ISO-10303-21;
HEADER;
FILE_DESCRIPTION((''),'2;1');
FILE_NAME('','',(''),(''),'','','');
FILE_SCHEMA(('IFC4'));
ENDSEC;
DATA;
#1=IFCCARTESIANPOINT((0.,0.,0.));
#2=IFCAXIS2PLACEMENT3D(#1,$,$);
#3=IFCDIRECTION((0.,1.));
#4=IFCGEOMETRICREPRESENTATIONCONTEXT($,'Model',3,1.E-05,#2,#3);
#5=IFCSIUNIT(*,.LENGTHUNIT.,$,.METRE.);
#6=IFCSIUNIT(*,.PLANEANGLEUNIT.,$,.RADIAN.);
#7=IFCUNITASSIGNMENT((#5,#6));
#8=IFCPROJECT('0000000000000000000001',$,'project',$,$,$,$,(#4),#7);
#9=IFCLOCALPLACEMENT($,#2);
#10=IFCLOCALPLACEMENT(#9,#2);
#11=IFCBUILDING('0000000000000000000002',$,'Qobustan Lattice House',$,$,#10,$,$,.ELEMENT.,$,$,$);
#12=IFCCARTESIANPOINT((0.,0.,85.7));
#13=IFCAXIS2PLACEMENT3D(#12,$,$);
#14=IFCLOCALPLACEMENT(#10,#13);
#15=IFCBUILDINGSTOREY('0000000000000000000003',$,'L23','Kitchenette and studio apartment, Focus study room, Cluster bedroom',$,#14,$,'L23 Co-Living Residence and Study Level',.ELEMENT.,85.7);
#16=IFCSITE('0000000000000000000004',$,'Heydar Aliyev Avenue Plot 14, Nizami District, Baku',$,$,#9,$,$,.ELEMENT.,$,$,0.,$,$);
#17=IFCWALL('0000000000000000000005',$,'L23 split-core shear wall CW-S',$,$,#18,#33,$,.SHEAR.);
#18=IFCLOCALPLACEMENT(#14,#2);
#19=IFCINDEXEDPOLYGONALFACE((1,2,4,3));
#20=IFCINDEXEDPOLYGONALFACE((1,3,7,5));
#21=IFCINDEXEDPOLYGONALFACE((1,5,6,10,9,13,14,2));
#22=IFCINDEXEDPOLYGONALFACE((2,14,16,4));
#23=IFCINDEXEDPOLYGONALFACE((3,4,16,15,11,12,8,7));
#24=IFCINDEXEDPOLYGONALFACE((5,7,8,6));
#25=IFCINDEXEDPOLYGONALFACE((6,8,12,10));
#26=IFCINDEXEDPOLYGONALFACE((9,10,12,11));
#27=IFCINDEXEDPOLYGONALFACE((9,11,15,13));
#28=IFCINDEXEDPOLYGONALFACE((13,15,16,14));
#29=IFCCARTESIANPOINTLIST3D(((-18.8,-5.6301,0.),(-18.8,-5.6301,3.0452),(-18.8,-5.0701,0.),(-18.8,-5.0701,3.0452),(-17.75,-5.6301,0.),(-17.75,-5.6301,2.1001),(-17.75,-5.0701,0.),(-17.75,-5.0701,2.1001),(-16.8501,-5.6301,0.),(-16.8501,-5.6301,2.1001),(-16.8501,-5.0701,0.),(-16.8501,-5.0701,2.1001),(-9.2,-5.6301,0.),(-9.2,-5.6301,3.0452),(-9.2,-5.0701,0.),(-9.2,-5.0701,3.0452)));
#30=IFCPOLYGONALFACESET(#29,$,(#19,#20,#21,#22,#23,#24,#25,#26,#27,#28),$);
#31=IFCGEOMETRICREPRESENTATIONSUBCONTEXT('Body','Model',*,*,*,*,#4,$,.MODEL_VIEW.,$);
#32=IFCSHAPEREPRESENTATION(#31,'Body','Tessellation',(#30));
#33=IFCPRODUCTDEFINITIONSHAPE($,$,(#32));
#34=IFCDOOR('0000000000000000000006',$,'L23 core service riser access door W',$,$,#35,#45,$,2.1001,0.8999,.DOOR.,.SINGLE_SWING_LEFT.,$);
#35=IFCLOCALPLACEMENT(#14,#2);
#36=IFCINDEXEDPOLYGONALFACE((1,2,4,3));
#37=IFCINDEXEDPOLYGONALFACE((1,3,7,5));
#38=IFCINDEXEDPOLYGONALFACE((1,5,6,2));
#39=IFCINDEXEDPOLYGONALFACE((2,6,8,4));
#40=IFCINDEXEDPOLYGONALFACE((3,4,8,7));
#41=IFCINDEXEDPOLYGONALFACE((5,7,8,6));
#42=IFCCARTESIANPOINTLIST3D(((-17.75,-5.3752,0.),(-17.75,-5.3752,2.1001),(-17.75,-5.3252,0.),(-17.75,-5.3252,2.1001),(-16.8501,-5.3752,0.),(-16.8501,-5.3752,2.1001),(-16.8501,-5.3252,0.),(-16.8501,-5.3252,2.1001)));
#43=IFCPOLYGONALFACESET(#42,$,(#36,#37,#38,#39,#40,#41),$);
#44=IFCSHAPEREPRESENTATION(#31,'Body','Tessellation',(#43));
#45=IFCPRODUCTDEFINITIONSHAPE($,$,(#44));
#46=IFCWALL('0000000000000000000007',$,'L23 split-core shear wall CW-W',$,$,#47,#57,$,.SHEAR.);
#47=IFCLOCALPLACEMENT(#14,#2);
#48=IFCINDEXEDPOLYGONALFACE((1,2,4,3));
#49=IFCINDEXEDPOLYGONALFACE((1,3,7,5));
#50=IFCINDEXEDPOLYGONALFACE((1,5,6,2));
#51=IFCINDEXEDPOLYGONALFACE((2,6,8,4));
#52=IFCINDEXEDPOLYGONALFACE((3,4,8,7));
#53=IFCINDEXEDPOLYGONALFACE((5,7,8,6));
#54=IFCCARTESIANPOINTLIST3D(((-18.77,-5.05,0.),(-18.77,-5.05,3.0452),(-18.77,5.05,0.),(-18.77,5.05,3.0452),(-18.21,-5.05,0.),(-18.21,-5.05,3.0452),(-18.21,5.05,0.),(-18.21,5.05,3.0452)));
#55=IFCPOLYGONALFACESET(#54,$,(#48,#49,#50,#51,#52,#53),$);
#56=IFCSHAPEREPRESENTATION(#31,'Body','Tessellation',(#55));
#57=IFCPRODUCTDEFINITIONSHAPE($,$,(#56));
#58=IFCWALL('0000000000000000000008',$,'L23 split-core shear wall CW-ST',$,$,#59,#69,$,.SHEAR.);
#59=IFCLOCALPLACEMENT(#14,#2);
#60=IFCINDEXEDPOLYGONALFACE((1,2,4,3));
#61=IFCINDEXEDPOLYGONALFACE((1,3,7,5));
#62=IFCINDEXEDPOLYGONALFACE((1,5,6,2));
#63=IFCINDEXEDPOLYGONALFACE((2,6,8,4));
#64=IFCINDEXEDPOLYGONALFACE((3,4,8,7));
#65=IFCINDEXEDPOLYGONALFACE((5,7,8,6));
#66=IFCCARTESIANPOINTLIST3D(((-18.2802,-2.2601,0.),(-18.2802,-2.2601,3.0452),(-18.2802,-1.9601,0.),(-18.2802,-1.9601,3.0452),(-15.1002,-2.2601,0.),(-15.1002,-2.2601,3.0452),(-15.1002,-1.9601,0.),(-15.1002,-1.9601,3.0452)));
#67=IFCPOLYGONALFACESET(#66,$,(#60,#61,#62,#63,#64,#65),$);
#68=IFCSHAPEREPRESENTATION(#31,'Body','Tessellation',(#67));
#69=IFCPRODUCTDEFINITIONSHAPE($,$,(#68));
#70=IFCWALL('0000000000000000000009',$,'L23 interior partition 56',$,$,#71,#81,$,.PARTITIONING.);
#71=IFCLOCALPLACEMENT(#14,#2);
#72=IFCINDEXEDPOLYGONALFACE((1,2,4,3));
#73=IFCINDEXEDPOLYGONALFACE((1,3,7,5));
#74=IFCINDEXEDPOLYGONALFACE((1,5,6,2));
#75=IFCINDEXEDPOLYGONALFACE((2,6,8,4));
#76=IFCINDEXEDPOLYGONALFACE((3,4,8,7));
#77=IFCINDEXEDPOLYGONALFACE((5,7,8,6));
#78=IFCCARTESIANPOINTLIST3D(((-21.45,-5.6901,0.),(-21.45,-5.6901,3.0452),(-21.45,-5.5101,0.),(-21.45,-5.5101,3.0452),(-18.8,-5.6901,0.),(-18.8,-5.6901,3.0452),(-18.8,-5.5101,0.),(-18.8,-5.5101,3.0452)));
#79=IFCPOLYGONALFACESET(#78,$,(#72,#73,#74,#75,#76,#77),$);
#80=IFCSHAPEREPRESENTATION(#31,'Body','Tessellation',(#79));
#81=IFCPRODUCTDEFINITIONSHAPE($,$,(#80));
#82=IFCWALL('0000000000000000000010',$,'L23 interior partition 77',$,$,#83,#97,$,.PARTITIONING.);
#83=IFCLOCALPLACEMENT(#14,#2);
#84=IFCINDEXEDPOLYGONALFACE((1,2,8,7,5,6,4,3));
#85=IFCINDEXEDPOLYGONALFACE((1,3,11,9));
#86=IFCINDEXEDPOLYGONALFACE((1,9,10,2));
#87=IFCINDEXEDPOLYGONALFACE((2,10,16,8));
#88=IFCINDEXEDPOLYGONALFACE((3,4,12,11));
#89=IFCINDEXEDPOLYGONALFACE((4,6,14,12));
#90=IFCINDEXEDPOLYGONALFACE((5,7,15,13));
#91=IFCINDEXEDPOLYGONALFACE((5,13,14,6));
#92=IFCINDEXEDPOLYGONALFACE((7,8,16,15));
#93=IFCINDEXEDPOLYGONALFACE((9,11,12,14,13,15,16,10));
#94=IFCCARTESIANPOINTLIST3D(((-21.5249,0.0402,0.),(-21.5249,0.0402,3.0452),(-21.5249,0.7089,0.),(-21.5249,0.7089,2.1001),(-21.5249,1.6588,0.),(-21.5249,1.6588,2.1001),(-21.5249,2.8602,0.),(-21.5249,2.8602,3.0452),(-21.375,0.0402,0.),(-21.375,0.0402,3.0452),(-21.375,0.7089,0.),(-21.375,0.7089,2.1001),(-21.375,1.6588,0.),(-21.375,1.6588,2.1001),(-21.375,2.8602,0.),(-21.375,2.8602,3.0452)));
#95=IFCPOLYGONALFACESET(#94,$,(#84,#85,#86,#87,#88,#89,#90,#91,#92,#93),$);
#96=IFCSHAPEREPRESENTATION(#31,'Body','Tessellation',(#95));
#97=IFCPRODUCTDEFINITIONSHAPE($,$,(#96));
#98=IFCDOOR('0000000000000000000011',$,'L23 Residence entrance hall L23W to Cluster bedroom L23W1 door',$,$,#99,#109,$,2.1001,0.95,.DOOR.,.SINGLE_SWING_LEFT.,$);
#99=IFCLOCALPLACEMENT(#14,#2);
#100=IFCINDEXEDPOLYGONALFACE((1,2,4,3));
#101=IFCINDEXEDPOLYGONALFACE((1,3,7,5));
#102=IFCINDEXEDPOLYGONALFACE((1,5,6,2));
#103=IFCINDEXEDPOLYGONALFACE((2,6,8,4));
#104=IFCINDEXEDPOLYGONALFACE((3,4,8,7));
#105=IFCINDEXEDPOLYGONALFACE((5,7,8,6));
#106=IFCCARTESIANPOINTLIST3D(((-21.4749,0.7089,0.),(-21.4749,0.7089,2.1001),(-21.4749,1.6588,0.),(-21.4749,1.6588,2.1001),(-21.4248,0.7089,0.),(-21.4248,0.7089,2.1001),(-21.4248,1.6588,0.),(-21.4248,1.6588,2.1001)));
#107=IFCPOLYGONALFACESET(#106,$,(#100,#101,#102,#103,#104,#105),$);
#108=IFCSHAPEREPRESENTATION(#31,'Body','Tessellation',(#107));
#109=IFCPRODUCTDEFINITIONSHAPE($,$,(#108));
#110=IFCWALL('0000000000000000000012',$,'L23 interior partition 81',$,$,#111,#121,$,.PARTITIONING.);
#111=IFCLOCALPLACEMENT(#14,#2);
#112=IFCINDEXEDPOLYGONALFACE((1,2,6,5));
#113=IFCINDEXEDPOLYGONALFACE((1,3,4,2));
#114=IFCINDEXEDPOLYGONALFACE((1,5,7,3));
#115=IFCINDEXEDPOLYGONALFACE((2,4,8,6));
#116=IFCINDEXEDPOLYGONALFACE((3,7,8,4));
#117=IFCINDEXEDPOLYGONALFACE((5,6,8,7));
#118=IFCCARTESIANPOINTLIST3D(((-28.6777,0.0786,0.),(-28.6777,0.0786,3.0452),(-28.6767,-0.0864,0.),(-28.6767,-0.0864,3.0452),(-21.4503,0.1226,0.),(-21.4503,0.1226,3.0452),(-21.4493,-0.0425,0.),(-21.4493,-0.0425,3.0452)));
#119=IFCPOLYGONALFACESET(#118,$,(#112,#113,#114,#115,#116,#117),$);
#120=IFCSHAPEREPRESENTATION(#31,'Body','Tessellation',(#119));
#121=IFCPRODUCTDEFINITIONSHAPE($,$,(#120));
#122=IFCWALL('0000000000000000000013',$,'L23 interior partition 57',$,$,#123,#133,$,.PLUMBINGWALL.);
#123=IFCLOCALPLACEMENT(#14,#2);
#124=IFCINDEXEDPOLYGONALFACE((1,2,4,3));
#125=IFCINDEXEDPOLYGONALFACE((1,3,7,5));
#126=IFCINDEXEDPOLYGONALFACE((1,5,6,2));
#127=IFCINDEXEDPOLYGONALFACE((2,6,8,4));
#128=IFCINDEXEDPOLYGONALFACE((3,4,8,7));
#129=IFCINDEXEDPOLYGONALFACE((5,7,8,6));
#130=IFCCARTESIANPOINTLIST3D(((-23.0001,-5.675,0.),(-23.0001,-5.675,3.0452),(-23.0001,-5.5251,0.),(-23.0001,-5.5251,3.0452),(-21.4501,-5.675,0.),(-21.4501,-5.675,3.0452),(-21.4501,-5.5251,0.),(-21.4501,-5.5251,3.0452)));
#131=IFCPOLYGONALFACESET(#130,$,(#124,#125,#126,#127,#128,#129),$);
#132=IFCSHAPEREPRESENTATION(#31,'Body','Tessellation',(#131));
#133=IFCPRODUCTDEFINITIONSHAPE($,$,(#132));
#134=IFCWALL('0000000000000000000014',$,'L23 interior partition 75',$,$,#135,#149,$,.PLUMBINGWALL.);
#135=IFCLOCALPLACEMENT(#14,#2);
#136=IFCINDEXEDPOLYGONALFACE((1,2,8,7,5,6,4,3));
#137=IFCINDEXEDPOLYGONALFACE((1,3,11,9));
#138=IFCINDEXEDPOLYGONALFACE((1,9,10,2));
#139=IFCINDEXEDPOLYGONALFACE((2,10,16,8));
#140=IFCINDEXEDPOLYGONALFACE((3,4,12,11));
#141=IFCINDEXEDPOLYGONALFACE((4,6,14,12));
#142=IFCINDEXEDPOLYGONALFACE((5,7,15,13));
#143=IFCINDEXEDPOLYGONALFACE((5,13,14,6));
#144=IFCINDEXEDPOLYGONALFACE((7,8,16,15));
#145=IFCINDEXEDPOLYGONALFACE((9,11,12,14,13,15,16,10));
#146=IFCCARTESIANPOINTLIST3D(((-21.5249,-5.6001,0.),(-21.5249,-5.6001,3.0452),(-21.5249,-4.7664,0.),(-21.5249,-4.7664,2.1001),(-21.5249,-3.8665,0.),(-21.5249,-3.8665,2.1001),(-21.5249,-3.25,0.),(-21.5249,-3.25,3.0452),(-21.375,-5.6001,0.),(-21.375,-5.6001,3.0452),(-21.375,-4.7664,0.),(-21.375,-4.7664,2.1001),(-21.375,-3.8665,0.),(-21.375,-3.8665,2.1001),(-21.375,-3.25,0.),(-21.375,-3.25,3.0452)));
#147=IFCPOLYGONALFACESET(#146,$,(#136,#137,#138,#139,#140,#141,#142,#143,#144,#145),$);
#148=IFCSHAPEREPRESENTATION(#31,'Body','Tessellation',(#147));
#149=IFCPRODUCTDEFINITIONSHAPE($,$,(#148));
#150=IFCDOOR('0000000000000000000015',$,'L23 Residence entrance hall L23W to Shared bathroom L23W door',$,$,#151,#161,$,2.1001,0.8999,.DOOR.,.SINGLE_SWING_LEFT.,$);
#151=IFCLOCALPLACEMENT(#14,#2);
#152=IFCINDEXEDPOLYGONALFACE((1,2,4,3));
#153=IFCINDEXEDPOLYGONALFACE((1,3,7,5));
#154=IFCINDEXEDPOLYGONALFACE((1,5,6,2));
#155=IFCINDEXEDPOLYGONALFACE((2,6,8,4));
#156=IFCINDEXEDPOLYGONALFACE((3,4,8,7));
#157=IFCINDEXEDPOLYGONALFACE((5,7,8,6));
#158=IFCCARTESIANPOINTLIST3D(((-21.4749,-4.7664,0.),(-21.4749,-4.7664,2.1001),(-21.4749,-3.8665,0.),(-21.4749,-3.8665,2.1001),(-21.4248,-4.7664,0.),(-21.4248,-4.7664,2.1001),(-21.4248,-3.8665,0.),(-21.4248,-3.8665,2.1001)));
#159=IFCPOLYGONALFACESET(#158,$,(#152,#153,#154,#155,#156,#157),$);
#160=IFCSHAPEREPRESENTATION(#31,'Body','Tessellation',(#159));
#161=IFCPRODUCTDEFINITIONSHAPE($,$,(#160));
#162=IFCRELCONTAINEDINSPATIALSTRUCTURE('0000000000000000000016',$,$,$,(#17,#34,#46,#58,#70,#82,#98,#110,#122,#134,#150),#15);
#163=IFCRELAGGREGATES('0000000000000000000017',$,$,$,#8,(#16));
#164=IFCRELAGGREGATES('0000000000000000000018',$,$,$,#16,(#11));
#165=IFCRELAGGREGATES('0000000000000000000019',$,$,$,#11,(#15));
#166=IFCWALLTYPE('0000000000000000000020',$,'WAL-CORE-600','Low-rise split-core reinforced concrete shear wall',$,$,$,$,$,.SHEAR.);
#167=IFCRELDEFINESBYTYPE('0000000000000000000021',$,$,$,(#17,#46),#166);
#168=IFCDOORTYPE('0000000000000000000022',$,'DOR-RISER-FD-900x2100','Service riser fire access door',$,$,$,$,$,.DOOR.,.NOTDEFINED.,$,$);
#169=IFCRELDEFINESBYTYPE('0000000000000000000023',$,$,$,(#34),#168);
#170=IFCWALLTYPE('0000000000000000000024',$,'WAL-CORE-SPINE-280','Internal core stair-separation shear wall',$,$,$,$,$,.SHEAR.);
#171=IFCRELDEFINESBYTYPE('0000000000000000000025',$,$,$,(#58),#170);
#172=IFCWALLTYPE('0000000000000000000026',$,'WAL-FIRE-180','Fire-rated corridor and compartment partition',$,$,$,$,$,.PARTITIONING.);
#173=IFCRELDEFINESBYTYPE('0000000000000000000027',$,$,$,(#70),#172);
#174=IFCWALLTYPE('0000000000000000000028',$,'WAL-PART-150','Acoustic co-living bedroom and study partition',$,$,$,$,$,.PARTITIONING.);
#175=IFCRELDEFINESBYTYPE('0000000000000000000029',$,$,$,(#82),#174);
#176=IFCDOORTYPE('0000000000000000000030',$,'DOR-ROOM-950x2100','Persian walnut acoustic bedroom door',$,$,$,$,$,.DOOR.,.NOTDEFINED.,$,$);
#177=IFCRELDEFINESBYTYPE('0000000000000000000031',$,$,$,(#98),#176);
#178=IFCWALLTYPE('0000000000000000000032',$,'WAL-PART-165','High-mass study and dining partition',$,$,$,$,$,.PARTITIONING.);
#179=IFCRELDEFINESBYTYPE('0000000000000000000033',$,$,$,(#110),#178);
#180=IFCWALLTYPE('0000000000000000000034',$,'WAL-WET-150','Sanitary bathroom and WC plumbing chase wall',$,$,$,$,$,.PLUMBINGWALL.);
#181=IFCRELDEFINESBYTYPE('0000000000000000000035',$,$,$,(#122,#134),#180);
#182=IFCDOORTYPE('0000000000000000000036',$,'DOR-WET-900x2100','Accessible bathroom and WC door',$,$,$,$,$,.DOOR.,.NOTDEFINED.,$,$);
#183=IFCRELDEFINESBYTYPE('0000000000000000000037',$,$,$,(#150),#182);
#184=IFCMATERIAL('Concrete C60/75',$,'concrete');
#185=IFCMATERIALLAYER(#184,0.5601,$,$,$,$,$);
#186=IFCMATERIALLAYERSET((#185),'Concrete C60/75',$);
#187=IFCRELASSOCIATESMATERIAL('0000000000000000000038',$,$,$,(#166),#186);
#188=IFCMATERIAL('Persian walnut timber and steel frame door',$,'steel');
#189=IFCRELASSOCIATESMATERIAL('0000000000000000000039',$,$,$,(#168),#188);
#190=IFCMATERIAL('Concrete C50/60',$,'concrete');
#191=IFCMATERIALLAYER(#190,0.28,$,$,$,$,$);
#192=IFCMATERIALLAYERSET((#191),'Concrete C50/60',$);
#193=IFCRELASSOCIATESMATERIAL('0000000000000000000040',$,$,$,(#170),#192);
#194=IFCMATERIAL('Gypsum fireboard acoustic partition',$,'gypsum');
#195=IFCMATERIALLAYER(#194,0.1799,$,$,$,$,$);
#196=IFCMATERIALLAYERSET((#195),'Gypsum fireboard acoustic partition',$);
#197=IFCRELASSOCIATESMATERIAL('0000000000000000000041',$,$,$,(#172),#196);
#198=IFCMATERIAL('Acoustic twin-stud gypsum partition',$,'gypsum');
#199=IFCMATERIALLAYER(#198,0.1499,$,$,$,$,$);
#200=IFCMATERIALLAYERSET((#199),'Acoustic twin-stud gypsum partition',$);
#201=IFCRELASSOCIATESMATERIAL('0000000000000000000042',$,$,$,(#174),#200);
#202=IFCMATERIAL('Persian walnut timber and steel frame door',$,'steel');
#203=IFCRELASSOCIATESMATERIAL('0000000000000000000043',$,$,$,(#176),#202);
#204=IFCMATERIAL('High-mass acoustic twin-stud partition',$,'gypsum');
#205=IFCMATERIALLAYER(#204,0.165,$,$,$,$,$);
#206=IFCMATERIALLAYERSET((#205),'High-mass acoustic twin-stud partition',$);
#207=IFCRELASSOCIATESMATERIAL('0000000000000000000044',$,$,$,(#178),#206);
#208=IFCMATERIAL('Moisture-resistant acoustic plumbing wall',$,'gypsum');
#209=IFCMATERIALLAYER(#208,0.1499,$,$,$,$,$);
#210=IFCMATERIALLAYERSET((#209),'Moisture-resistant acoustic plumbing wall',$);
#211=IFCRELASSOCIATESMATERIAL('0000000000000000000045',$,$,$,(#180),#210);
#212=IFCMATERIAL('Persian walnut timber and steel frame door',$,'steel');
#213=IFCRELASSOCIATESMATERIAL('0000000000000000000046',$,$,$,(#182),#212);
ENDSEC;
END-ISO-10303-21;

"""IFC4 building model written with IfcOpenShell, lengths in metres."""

from ifc_helpers import new_model, si_unit, direction, frame, frame_2d, origin, place, context, subcontext, project, spatial, rectangle, extrude, material, layer, layer_set, type_object, element, fill, save


model = new_model("IFC4")

# Units and contexts
model_context = context("Model", 3, precision=1e-05, world=origin(), true_north=direction((0.0, 1.0)))
body_context = subcontext(model_context, "Body", "Model", "MODEL_VIEW")
ifc_project = project(units=[si_unit("LENGTHUNIT", "METRE"), si_unit("PLANEANGLEUNIT", "RADIAN")], contexts=[model_context])

# Site, building, storey
site_placement = place(None, origin())
site = spatial("IfcSite", under=ifc_project, at=site_placement, Name="Heydar Aliyev Avenue Plot 14, Nizami District, Baku", CompositionType="ELEMENT", RefElevation=0.0)
building_placement = place(site_placement, origin())
building = spatial("IfcBuilding", under=site, at=building_placement, Name="Qobustan Lattice House", CompositionType="ELEMENT")
storey_placement = place(building_placement, frame((0.0, 0.0, 85.7)))
storey = spatial("IfcBuildingStorey", under=building, at=storey_placement, Name="L23", Description="Kitchenette and studio apartment, Focus study room, Cluster bedroom", LongName="L23 Co-Living Residence and Study Level", CompositionType="ELEMENT", Elevation=85.7)

# Wall, opening, door
ifc_material_1 = material(Name="Concrete C60/75", Category="concrete")
ifc_layer_1 = layer(ifc_material_1, 0.5601)
ifc_layer_set_1 = layer_set([ifc_layer_1], Name="Concrete C60/75")
wall_type_1 = type_object("IfcWallType", Name="WAL-CORE-600", Description="Low-rise split-core reinforced concrete shear wall", PredefinedType="SHEAR", material=ifc_layer_set_1)
wall_1_placement = place(storey_placement, frame((-18.8, -5.3501, 0.0), z_axis=(0.0, 0.0, 1.0), x_axis=(1.0, 0.0, 0.0)))
wall_1 = element("IfcWall", 1, at=wall_1_placement, inside=storey, type_object=wall_type_1, Name="L23 split-core shear wall CW-S", PredefinedType="SHEAR", context=body_context, shape_type="SweptSolid", body=[
    extrude(rectangle(XDim=9.6001, YDim=0.5601, at=frame_2d((4.8, 0.0))), origin(), (0.0, 0.0, 1.0), 3.0452),
])
opening_1_placement = place(wall_1_placement, frame((1.05, 0.0, 0.0)))
opening_1 = element("IfcOpeningElement", 2, at=opening_1_placement, cuts=wall_1, PredefinedType="OPENING", context=body_context, shape_type="SweptSolid", body=[
    extrude(rectangle(XDim=0.8999, YDim=2.1001, at=frame_2d((0.45, 1.05))), frame((0.0, 0.29, 0.0), z_axis=(0.0, -1.0, 0.0), x_axis=(1.0, 0.0, 0.0)), (0.0, 0.0, 1.0), 0.5801),
])
ifc_material_2 = material(Name="Persian walnut timber and steel frame door", Category="steel")
door_type_1 = type_object("IfcDoorType", Name="DOR-RISER-FD-900x2100", Description="Service riser fire access door", OperationType="NOTDEFINED", PredefinedType="DOOR", material=ifc_material_2)
door_1_placement = place(opening_1_placement, origin())
door_1 = element("IfcDoor", 3, at=door_1_placement, inside=storey, type_object=door_type_1, Name="L23 core service riser access door W", OperationType="SINGLE_SWING_LEFT", OverallHeight=2.1001, OverallWidth=0.8999, PredefinedType="DOOR", context=body_context, shape_type="SweptSolid", body=[
    extrude(rectangle(XDim=0.8999, YDim=2.1001, at=frame_2d((0.45, 1.05))), frame((0.0, 0.0249, 0.0), z_axis=(0.0, -1.0, 0.0), x_axis=(1.0, 0.0, 0.0)), (0.0, 0.0, 1.0), 0.05),
])
fill(opening_1, door_1)

# Walls
wall_2_placement = place(storey_placement, frame((-18.49, -5.05, 0.0), z_axis=(0.0, 0.0, 1.0), x_axis=(0.0, 1.0, 0.0)))
element("IfcWall", 4, at=wall_2_placement, inside=storey, type_object=wall_type_1, Name="L23 split-core shear wall CW-W", PredefinedType="SHEAR", context=body_context, shape_type="SweptSolid", body=[
    extrude(rectangle(XDim=10.1001, YDim=0.5601, at=frame_2d((5.05, 0.0))), origin(), (0.0, 0.0, 1.0), 3.0452),
])
ifc_material_3 = material(Name="Concrete C50/60", Category="concrete")
ifc_layer_2 = layer(ifc_material_3, 0.28)
ifc_layer_set_2 = layer_set([ifc_layer_2], Name="Concrete C50/60")
wall_type_2 = type_object("IfcWallType", Name="WAL-CORE-SPINE-280", Description="Internal core stair-separation shear wall", PredefinedType="SHEAR", material=ifc_layer_set_2)
wall_3_placement = place(storey_placement, frame((-18.28, -2.1101, 0.0), z_axis=(0.0, 0.0, 1.0), x_axis=(1.0, 0.0, 0.0)))
element("IfcWall", 5, at=wall_3_placement, inside=storey, type_object=wall_type_2, Name="L23 split-core shear wall CW-ST", PredefinedType="SHEAR", context=body_context, shape_type="SweptSolid", body=[
    extrude(rectangle(XDim=3.1799, YDim=0.3, at=frame_2d((1.5898, 0.0))), origin(), (0.0, 0.0, 1.0), 3.0452),
])
ifc_material_4 = material(Name="Gypsum fireboard acoustic partition", Category="gypsum")
ifc_layer_3 = layer(ifc_material_4, 0.1799)
ifc_layer_set_3 = layer_set([ifc_layer_3], Name="Gypsum fireboard acoustic partition")
wall_type_3 = type_object("IfcWallType", Name="WAL-FIRE-180", Description="Fire-rated corridor and compartment partition", PredefinedType="PARTITIONING", material=ifc_layer_set_3)
wall_4_placement = place(storey_placement, frame((-21.45, -5.6001, 0.0), z_axis=(0.0, 0.0, 1.0), x_axis=(1.0, 0.0, 0.0)))
element("IfcWall", 6, at=wall_4_placement, inside=storey, type_object=wall_type_3, Name="L23 interior partition 56", PredefinedType="PARTITIONING", context=body_context, shape_type="SweptSolid", body=[
    extrude(rectangle(XDim=2.6499, YDim=0.1799, at=frame_2d((1.325, 0.0))), origin(), (0.0, 0.0, 1.0), 3.0452),
])

# Wall, opening, door
ifc_material_5 = material(Name="Acoustic twin-stud gypsum partition", Category="gypsum")
ifc_layer_4 = layer(ifc_material_5, 0.1499)
ifc_layer_set_4 = layer_set([ifc_layer_4], Name="Acoustic twin-stud gypsum partition")
wall_type_4 = type_object("IfcWallType", Name="WAL-PART-150", Description="Acoustic co-living bedroom and study partition", PredefinedType="PARTITIONING", material=ifc_layer_set_4)
wall_5_placement = place(storey_placement, frame((-21.45, 0.04, 0.0), z_axis=(0.0, 0.0, 1.0), x_axis=(0.0, 1.0, 0.0)))
wall_5 = element("IfcWall", 7, at=wall_5_placement, inside=storey, type_object=wall_type_4, Name="L23 interior partition 77", PredefinedType="PARTITIONING", context=body_context, shape_type="SweptSolid", body=[
    extrude(rectangle(XDim=2.8201, YDim=0.1499, at=frame_2d((1.4102, 0.0))), origin(), (0.0, 0.0, 1.0), 3.0452),
])
opening_2_placement = place(wall_5_placement, frame((0.6687, 0.0, 0.0)))
opening_2 = element("IfcOpeningElement", 8, at=opening_2_placement, cuts=wall_5, PredefinedType="OPENING", context=body_context, shape_type="SweptSolid", body=[
    extrude(rectangle(XDim=0.95, YDim=2.1001, at=frame_2d((0.4751, 1.05))), frame((0.0, 0.085, 0.0), z_axis=(0.0, -1.0, 0.0), x_axis=(1.0, 0.0, 0.0)), (0.0, 0.0, 1.0), 0.1699),
])
ifc_material_6 = material(Name="Persian walnut timber and steel frame door", Category="steel")
door_type_2 = type_object("IfcDoorType", Name="DOR-ROOM-950x2100", Description="Persian walnut acoustic bedroom door", OperationType="NOTDEFINED", PredefinedType="DOOR", material=ifc_material_6)
door_2_placement = place(opening_2_placement, origin())
door_2 = element("IfcDoor", 9, at=door_2_placement, inside=storey, type_object=door_type_2, Name="L23 Residence entrance hall L23W to Cluster bedroom L23W1 door", OperationType="SINGLE_SWING_LEFT", OverallHeight=2.1001, OverallWidth=0.95, PredefinedType="DOOR", context=body_context, shape_type="SweptSolid", body=[
    extrude(rectangle(XDim=0.95, YDim=2.1001, at=frame_2d((0.4751, 1.05))), frame((0.0, 0.0249, 0.0), z_axis=(0.0, -1.0, 0.0), x_axis=(1.0, 0.0, 0.0)), (0.0, 0.0, 1.0), 0.05),
])
fill(opening_2, door_2)
ifc_material_7 = material(Name="High-mass acoustic twin-stud partition", Category="gypsum")
ifc_layer_5 = layer(ifc_material_7, 0.165)
ifc_layer_set_5 = layer_set([ifc_layer_5], Name="High-mass acoustic twin-stud partition")
wall_type_5 = type_object("IfcWallType", Name="WAL-PART-165", Description="High-mass study and dining partition", PredefinedType="PARTITIONING", material=ifc_layer_set_5)

# Walls
wall_6_placement = place(storey_placement, frame((-28.6772, -0.0039, 0.0), z_axis=(0.0, 0.0, 1.0), x_axis=(0.999982, 0.00608, 0.0)))
element("IfcWall", 10, at=wall_6_placement, inside=storey, type_object=wall_type_5, Name="L23 interior partition 81", PredefinedType="PARTITIONING", context=body_context, shape_type="SweptSolid", body=[
    extrude(rectangle(XDim=7.2275, YDim=0.165, at=frame_2d((3.6138, 0.0))), origin(), (0.0, 0.0, 1.0), 3.0452),
])
ifc_material_8 = material(Name="Moisture-resistant acoustic plumbing wall", Category="gypsum")
ifc_layer_6 = layer(ifc_material_8, 0.1499)
ifc_layer_set_6 = layer_set([ifc_layer_6], Name="Moisture-resistant acoustic plumbing wall")
wall_type_6 = type_object("IfcWallType", Name="WAL-WET-150", Description="Sanitary bathroom and WC plumbing chase wall", PredefinedType="PLUMBINGWALL", material=ifc_layer_set_6)
wall_7_placement = place(storey_placement, frame((-23.0, -5.6001, 0.0), z_axis=(0.0, 0.0, 1.0), x_axis=(1.0, 0.0, 0.0)))
element("IfcWall", 11, at=wall_7_placement, inside=storey, type_object=wall_type_6, Name="L23 interior partition 57", PredefinedType="PLUMBINGWALL", context=body_context, shape_type="SweptSolid", body=[
    extrude(rectangle(XDim=1.55, YDim=0.1499, at=frame_2d((0.7749, 0.0))), origin(), (0.0, 0.0, 1.0), 3.0452),
])

# Wall, opening, door
wall_8_placement = place(storey_placement, frame((-21.45, -5.6001, 0.0), z_axis=(0.0, 0.0, 1.0), x_axis=(0.0, 1.0, 0.0)))
wall_8 = element("IfcWall", 12, at=wall_8_placement, inside=storey, type_object=wall_type_6, Name="L23 interior partition 75", PredefinedType="PLUMBINGWALL", context=body_context, shape_type="SweptSolid", body=[
    extrude(rectangle(XDim=2.3501, YDim=0.1499, at=frame_2d((1.175, 0.0))), origin(), (0.0, 0.0, 1.0), 3.0452),
])
opening_3_placement = place(wall_8_placement, frame((0.8337, 0.0, 0.0)))
opening_3 = element("IfcOpeningElement", 13, at=opening_3_placement, cuts=wall_8, PredefinedType="OPENING", context=body_context, shape_type="SweptSolid", body=[
    extrude(rectangle(XDim=0.8999, YDim=2.1001, at=frame_2d((0.45, 1.05))), frame((0.0, 0.085, 0.0), z_axis=(0.0, -1.0, 0.0), x_axis=(1.0, 0.0, 0.0)), (0.0, 0.0, 1.0), 0.1699),
])
ifc_material_9 = material(Name="Persian walnut timber and steel frame door", Category="steel")
door_type_3 = type_object("IfcDoorType", Name="DOR-WET-900x2100", Description="Accessible bathroom and WC door", OperationType="NOTDEFINED", PredefinedType="DOOR", material=ifc_material_9)
door_3_placement = place(opening_3_placement, origin())
door_3 = element("IfcDoor", 14, at=door_3_placement, inside=storey, type_object=door_type_3, Name="L23 Residence entrance hall L23W to Shared bathroom L23W door", OperationType="SINGLE_SWING_LEFT", OverallHeight=2.1001, OverallWidth=0.8999, PredefinedType="DOOR", context=body_context, shape_type="SweptSolid", body=[
    extrude(rectangle(XDim=0.8999, YDim=2.1001, at=frame_2d((0.45, 1.05))), frame((0.0, 0.0249, 0.0), z_axis=(0.0, -1.0, 0.0), x_axis=(1.0, 0.0, 0.0)), (0.0, 0.0, 1.0), 0.05),
])
fill(opening_3, door_3)

save(model, "model.ifc")
